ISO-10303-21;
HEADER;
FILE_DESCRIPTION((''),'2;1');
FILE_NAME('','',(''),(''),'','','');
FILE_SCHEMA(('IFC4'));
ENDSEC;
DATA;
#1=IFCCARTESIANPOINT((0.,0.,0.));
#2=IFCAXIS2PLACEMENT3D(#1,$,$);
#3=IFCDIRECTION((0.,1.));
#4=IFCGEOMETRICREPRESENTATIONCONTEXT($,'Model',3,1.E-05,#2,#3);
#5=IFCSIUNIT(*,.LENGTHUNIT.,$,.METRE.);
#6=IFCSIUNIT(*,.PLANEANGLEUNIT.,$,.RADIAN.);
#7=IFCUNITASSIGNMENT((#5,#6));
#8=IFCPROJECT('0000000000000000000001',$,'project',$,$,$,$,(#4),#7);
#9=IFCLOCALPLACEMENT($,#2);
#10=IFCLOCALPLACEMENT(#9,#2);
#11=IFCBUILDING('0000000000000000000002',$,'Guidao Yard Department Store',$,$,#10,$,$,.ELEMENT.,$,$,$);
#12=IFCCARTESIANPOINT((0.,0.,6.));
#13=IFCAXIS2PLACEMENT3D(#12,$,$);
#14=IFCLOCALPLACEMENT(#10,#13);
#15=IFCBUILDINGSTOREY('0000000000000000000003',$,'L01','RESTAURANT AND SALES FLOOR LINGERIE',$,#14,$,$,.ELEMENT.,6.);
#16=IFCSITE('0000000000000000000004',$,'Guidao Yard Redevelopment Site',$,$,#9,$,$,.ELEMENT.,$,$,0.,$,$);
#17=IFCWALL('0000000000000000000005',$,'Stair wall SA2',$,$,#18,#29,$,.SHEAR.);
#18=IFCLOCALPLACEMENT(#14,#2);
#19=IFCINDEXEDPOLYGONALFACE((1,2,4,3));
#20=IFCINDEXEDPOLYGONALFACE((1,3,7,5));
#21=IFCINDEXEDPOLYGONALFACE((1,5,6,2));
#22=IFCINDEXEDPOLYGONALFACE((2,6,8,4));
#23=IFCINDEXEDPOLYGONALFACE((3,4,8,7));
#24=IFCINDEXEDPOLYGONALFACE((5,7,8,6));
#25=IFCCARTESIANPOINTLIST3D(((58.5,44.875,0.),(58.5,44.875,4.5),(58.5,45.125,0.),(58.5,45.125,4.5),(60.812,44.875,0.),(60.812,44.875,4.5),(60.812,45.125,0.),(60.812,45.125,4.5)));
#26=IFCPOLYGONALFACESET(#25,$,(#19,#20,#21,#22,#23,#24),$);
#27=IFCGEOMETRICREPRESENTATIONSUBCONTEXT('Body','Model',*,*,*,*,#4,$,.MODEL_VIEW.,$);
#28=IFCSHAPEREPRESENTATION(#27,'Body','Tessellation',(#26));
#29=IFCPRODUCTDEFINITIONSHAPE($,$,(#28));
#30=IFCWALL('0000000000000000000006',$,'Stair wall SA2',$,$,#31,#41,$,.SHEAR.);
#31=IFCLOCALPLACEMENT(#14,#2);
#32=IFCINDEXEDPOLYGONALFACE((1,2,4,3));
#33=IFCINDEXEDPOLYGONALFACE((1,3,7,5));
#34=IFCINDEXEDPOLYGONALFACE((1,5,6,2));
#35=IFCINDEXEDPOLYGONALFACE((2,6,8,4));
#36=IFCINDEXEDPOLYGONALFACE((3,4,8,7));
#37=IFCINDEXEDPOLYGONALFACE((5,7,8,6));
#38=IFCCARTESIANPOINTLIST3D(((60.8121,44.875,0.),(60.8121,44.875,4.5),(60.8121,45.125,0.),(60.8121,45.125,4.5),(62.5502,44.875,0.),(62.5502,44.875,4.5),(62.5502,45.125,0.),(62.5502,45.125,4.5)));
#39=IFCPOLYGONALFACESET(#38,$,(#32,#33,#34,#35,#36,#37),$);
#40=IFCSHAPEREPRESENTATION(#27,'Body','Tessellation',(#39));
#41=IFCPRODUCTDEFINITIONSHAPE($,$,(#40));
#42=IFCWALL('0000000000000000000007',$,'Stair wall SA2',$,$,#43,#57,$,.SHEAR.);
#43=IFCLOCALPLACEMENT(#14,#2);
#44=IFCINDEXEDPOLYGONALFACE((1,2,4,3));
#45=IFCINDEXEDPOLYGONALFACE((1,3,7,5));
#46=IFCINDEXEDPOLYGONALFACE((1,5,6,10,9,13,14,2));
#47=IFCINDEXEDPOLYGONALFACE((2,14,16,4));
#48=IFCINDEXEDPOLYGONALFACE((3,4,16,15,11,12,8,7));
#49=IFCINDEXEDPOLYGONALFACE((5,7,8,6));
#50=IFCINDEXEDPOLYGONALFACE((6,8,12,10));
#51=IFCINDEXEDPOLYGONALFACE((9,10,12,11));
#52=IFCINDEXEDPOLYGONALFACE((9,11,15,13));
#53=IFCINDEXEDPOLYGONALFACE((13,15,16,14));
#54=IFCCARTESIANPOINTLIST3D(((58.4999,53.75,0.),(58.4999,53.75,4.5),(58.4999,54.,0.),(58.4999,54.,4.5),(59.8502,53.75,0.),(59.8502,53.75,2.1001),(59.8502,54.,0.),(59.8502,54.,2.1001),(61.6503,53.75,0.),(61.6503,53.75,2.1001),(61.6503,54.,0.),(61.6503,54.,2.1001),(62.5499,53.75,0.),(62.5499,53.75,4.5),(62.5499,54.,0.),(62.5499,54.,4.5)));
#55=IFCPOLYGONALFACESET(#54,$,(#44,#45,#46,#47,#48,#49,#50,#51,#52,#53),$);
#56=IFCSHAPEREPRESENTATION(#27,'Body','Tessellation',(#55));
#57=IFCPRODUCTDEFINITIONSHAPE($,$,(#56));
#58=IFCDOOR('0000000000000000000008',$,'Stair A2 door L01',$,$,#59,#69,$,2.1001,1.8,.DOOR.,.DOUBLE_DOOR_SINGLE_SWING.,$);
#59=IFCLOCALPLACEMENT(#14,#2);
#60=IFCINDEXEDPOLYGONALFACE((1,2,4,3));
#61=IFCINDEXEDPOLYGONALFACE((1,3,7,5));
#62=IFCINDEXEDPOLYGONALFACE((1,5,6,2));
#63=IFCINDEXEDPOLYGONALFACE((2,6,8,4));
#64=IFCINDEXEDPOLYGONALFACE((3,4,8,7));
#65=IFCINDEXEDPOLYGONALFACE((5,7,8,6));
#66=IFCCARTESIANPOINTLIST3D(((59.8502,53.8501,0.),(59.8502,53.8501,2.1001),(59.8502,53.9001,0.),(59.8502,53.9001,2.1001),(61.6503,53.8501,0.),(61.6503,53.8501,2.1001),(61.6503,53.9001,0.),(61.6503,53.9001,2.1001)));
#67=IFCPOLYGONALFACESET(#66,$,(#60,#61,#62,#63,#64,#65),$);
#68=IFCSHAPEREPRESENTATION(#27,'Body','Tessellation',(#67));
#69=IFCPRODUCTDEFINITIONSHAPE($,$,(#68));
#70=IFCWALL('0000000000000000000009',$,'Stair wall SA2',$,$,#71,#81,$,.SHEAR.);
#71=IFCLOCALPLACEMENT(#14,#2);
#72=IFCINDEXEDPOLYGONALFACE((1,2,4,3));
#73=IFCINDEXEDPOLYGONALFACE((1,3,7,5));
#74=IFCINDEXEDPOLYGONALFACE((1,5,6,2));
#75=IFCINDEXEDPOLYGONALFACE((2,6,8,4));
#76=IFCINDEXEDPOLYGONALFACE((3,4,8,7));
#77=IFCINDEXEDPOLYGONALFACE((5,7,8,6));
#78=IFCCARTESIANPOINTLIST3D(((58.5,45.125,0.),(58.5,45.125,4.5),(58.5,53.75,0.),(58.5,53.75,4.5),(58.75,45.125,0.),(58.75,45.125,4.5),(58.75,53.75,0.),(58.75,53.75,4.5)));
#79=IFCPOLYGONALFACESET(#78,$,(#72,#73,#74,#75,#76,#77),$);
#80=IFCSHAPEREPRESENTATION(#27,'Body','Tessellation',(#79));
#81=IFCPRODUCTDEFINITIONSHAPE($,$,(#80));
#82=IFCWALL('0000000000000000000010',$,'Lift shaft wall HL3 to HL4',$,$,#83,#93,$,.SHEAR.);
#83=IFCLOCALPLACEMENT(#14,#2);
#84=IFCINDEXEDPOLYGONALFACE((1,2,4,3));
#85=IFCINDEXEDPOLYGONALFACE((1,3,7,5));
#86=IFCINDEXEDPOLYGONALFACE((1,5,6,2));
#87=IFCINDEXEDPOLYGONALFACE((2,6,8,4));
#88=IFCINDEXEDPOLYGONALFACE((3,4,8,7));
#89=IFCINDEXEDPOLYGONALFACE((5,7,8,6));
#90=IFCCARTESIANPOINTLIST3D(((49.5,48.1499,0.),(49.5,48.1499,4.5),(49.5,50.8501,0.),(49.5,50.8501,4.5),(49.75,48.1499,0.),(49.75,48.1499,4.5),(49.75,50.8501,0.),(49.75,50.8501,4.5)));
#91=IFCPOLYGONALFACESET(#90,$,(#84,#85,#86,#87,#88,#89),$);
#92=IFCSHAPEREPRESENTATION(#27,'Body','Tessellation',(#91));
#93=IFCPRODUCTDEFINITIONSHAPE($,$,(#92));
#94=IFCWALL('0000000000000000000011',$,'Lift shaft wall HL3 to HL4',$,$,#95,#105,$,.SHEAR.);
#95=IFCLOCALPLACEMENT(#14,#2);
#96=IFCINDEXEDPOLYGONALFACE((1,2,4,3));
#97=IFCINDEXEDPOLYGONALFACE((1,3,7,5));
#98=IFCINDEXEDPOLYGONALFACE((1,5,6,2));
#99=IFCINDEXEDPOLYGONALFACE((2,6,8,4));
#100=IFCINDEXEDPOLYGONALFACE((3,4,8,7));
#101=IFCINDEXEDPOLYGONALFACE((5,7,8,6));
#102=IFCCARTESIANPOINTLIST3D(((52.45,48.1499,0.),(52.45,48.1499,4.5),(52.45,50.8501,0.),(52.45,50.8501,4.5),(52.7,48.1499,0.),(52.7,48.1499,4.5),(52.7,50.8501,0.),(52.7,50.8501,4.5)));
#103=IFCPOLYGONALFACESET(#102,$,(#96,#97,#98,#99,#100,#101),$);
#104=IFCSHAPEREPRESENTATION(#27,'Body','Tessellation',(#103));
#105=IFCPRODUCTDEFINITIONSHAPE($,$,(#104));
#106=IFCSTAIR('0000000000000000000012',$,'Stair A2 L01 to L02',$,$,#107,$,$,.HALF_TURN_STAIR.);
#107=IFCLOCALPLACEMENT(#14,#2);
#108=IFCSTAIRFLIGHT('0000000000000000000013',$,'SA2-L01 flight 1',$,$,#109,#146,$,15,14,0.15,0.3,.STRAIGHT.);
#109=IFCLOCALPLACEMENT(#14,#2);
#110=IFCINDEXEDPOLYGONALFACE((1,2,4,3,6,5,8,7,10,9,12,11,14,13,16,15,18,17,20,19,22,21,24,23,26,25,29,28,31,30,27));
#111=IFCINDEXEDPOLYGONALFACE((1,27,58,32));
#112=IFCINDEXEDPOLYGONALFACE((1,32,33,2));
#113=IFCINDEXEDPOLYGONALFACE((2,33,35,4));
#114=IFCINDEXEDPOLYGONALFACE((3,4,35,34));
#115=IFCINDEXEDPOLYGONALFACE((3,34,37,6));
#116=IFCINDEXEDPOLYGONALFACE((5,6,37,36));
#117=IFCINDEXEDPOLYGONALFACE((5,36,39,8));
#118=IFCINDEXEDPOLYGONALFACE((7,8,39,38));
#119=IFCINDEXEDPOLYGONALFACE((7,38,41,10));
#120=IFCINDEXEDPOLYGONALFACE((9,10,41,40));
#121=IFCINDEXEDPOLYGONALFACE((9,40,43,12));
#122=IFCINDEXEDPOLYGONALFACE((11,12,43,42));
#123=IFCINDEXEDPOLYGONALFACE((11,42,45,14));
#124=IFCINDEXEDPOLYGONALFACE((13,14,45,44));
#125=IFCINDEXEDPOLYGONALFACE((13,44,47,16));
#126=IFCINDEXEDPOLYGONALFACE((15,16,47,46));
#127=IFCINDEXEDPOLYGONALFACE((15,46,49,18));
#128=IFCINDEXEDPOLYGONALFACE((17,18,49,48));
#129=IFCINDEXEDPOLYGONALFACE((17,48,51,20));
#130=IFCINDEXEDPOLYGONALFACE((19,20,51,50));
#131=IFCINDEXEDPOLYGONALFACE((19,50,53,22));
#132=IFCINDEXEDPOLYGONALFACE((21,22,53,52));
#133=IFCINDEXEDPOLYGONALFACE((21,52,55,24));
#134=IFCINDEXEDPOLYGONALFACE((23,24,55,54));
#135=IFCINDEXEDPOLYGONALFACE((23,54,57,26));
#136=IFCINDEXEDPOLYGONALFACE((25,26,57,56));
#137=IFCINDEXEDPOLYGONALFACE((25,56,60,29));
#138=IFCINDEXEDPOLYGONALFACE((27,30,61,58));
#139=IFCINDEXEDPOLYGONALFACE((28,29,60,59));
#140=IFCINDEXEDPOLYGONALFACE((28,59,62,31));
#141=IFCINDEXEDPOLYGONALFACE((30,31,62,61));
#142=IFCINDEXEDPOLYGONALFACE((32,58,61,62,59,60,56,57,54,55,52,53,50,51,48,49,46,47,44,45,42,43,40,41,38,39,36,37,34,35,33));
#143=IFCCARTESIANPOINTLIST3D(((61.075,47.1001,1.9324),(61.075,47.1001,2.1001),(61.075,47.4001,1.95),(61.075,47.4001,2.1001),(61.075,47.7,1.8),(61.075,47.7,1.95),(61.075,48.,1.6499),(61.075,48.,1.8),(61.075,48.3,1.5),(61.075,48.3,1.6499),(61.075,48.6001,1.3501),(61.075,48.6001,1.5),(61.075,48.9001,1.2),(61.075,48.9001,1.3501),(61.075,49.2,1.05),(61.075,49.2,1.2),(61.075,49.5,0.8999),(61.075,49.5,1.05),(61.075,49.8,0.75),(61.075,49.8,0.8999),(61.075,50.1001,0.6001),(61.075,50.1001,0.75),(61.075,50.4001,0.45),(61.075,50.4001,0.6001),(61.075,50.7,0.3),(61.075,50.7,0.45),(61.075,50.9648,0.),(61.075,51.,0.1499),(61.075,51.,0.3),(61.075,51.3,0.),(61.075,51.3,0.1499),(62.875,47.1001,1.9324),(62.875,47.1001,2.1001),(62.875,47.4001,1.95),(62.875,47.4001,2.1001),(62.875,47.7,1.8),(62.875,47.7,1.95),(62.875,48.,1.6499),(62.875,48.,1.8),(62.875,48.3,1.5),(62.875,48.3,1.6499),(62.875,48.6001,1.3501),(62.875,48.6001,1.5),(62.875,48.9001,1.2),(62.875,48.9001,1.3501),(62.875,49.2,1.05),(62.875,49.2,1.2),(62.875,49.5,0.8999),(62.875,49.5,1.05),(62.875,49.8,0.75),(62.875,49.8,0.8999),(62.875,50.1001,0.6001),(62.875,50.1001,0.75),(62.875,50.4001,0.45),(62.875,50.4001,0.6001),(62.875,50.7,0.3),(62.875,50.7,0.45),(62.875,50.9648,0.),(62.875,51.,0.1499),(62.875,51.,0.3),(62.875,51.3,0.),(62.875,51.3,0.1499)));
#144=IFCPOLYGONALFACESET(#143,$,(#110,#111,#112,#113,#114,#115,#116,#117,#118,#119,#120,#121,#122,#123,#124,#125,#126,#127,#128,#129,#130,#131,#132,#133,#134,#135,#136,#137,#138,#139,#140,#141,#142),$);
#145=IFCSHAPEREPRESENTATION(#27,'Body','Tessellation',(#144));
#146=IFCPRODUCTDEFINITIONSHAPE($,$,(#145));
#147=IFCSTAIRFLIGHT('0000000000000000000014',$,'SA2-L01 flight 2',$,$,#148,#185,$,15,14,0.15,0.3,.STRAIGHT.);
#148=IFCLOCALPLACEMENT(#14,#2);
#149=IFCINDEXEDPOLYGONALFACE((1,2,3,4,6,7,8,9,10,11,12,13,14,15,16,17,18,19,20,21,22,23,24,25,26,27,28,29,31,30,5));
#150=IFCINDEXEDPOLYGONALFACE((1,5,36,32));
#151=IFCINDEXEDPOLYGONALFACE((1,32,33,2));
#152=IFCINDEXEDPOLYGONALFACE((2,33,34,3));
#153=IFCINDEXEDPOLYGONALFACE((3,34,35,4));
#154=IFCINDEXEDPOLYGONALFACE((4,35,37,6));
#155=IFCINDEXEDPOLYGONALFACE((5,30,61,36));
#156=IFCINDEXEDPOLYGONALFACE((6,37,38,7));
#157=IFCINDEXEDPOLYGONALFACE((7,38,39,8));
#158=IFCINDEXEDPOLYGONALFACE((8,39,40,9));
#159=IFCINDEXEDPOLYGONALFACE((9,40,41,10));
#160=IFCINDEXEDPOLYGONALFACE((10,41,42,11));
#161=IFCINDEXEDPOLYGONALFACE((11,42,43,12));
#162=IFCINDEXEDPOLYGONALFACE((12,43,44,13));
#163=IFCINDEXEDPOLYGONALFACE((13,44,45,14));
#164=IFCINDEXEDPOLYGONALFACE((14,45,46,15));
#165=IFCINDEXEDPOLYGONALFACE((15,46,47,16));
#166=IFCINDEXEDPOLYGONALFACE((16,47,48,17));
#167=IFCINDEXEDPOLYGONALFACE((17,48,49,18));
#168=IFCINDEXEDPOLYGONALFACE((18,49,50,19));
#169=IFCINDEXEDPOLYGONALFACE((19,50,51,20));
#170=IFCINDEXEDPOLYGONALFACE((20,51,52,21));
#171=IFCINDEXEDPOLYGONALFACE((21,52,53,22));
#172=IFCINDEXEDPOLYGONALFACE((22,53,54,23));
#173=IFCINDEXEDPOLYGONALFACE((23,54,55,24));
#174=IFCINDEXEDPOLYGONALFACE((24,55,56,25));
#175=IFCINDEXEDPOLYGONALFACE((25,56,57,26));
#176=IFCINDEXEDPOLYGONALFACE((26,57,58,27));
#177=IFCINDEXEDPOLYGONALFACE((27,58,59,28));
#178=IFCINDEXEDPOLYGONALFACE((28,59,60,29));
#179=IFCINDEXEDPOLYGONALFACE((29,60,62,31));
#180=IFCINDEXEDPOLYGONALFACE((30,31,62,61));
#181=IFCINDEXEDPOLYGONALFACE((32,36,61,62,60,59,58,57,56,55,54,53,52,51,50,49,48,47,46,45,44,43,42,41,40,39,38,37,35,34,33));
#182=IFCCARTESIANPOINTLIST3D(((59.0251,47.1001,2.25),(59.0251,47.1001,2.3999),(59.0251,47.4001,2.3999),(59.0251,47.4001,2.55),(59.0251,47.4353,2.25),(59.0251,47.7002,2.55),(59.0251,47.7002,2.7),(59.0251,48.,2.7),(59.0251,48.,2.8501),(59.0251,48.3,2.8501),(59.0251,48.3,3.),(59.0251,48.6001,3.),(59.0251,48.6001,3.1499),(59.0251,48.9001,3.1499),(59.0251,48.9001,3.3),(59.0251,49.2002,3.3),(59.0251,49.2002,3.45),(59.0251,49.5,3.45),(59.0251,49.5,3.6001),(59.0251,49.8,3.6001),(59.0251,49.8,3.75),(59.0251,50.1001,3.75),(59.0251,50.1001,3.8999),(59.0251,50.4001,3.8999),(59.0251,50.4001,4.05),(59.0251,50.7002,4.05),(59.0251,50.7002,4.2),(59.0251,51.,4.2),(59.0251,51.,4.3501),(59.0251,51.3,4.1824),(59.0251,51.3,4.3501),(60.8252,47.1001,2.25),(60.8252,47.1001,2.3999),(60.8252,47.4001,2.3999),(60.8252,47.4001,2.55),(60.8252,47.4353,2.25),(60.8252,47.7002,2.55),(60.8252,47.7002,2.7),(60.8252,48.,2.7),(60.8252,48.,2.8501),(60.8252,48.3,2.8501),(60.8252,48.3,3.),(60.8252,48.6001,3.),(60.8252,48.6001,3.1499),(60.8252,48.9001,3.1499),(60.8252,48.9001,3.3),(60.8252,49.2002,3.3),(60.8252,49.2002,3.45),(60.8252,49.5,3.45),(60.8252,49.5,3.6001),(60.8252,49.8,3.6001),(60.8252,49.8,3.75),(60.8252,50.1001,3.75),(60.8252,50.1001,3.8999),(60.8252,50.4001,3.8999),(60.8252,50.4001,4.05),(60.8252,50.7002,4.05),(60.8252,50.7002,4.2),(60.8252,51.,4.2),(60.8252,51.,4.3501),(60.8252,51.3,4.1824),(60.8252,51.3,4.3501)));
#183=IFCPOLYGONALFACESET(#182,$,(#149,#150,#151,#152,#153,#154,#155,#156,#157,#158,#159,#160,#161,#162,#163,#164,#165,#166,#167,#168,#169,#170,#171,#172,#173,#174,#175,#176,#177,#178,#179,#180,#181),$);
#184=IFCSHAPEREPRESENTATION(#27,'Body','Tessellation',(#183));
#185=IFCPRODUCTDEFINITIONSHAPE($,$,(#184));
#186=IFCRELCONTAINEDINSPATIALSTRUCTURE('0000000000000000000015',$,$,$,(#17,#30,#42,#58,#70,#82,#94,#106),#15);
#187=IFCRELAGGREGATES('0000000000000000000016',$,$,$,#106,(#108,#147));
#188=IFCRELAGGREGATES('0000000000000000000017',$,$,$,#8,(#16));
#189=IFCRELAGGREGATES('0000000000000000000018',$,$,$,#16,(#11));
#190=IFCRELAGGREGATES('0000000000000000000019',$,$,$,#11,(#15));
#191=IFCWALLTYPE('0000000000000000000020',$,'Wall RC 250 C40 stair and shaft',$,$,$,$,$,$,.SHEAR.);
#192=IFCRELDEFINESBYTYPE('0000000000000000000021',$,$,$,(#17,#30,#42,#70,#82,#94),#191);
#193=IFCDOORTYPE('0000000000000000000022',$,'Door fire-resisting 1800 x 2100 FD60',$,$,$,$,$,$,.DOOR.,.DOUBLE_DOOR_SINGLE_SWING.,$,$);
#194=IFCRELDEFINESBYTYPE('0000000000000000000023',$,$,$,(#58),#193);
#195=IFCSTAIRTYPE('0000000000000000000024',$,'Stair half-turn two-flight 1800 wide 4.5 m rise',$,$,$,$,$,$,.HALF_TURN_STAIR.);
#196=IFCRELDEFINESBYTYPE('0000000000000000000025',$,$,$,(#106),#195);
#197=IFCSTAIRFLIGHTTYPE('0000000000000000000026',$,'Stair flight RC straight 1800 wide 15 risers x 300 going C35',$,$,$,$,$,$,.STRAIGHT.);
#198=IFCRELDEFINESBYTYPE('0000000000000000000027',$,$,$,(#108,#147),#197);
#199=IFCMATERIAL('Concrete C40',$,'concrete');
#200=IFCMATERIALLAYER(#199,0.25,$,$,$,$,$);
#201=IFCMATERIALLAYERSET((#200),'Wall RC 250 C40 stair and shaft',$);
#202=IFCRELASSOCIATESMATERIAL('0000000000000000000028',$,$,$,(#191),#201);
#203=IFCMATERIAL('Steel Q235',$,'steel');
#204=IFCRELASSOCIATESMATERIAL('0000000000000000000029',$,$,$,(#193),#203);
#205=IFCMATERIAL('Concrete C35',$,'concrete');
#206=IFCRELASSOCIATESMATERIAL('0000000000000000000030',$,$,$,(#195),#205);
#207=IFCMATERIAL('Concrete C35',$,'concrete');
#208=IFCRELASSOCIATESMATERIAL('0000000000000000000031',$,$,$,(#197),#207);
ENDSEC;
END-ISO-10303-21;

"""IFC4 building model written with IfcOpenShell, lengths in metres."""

from ifc_helpers import new_model, si_unit, direction, frame, frame_2d, origin, place, context, subcontext, project, spatial, polyline, rectangle, outline, extrude, material, layer, layer_set, type_object, element, fill, aggregate, save


model = new_model("IFC4")

# Units and contexts
model_context = context("Model", 3, precision=1e-05, world=origin(), true_north=direction((0.0, 1.0)))
body_context = subcontext(model_context, "Body", "Model", "MODEL_VIEW")
ifc_project = project(units=[si_unit("LENGTHUNIT", "METRE"), si_unit("PLANEANGLEUNIT", "RADIAN")], contexts=[model_context])

# Site, building, storey
site_placement = place(None, origin())
site = spatial("IfcSite", under=ifc_project, at=site_placement, Name="Guidao Yard Redevelopment Site", CompositionType="ELEMENT", RefElevation=0.0)
building_placement = place(site_placement, origin())
building = spatial("IfcBuilding", under=site, at=building_placement, Name="Guidao Yard Department Store", CompositionType="ELEMENT")
storey_placement = place(building_placement, frame((0.0, 0.0, 6.0)))
storey = spatial("IfcBuildingStorey", under=building, at=storey_placement, Name="L01", Description="RESTAURANT AND SALES FLOOR LINGERIE", CompositionType="ELEMENT", Elevation=6.0)

# Walls
ifc_material_1 = material(Name="Concrete C40", Category="concrete")
ifc_layer_1 = layer(ifc_material_1, 0.25)
ifc_layer_set_1 = layer_set([ifc_layer_1], Name="Wall RC 250 C40 stair and shaft")
wall_type_1 = type_object("IfcWallType", Name="Wall RC 250 C40 stair and shaft", PredefinedType="SHEAR", material=ifc_layer_set_1)
wall_1_placement = place(storey_placement, frame((58.5, 45.0, 0.0), z_axis=(0.0, 0.0, 1.0), x_axis=(1.0, 0.0, 0.0)))
element("IfcWall", 1, at=wall_1_placement, inside=storey, type_object=wall_type_1, Name="Stair wall SA2", PredefinedType="SHEAR", context=body_context, shape_type="SweptSolid", body=[
    extrude(rectangle(XDim=2.312, YDim=0.25, at=frame_2d((1.156, 0.0))), origin(), (0.0, 0.0, 1.0), 4.5),
])
wall_2_placement = place(storey_placement, frame((60.812, 45.0, 0.0), z_axis=(0.0, 0.0, 1.0), x_axis=(1.0, 0.0, 0.0)))
element("IfcWall", 2, at=wall_2_placement, inside=storey, type_object=wall_type_1, Name="Stair wall SA2", PredefinedType="SHEAR", context=body_context, shape_type="SweptSolid", body=[
    extrude(rectangle(XDim=1.738, YDim=0.25, at=frame_2d((0.8691, 0.0))), origin(), (0.0, 0.0, 1.0), 4.5),
])

# Wall, opening, door
wall_3_placement = place(storey_placement, frame((58.5, 53.875, 0.0), z_axis=(0.0, 0.0, 1.0), x_axis=(1.0, 0.0, 0.0)))
wall_3 = element("IfcWall", 3, at=wall_3_placement, inside=storey, type_object=wall_type_1, Name="Stair wall SA2", PredefinedType="SHEAR", context=body_context, shape_type="SweptSolid", body=[
    extrude(rectangle(XDim=4.05, YDim=0.25, at=frame_2d((2.0249, 0.0))), origin(), (0.0, 0.0, 1.0), 4.5),
])
opening_1_placement = place(wall_3_placement, frame((3.1501, 0.0, 0.0), z_axis=(0.0, 0.0, 1.0), x_axis=(-1.0, 0.0, 0.0)))
opening_1 = element("IfcOpeningElement", 4, at=opening_1_placement, cuts=wall_3, PredefinedType="OPENING", context=body_context, shape_type="SweptSolid", body=[
    extrude(rectangle(XDim=1.8, YDim=2.1001, at=frame_2d((0.8999, 1.05))), frame((0.0, 0.135, 0.0), z_axis=(0.0, -1.0, 0.0), x_axis=(1.0, 0.0, 0.0)), (0.0, 0.0, 1.0), 0.27),
])
ifc_material_2 = material(Name="Steel Q235", Category="steel")
door_type_1 = type_object("IfcDoorType", Name="Door fire-resisting 1800 x 2100 FD60", OperationType="DOUBLE_DOOR_SINGLE_SWING", PredefinedType="DOOR", material=ifc_material_2)
door_1_placement = place(opening_1_placement, origin())
door_1 = element("IfcDoor", 5, at=door_1_placement, inside=storey, type_object=door_type_1, Name="Stair A2 door L01", OperationType="DOUBLE_DOOR_SINGLE_SWING", OverallHeight=2.1001, OverallWidth=1.8, PredefinedType="DOOR", context=body_context, shape_type="SweptSolid", body=[
    extrude(rectangle(XDim=1.8, YDim=2.1001, at=frame_2d((0.8999, 1.05))), frame((0.0, 0.0249, 0.0), z_axis=(0.0, -1.0, 0.0), x_axis=(1.0, 0.0, 0.0)), (0.0, 0.0, 1.0), 0.05),
])
fill(opening_1, door_1)

# Walls
wall_4_placement = place(storey_placement, frame((58.625, 45.125, 0.0), z_axis=(0.0, 0.0, 1.0), x_axis=(0.0, 1.0, 0.0)))
element("IfcWall", 6, at=wall_4_placement, inside=storey, type_object=wall_type_1, Name="Stair wall SA2", PredefinedType="SHEAR", context=body_context, shape_type="SweptSolid", body=[
    extrude(rectangle(XDim=8.625, YDim=0.25, at=frame_2d((4.3125, 0.0))), origin(), (0.0, 0.0, 1.0), 4.5),
])
for number, where, z_axis, x_axis, name in (
    (7, (49.625, 48.1499, 0.0), (0.0, 0.0, 1.0), (0.0, 1.0, 0.0), "Lift shaft wall HL3 to HL4"),
    (8, (52.575, 48.1499, 0.0), (0.0, 0.0, 1.0), (0.0, 1.0, 0.0), "Lift shaft wall HL3 to HL4"),
):
    element("IfcWall", number, at=place(storey_placement, frame(where, z_axis=z_axis, x_axis=x_axis)), inside=storey, type_object=wall_type_1, Name=name, PredefinedType="SHEAR", context=body_context, shape_type="SweptSolid", body=[
        extrude(rectangle(XDim=2.7002, YDim=0.25, at=frame_2d((1.3501, 0.0))), origin(), (0.0, 0.0, 1.0), 4.5),
    ])

# Stair, stair flights
ifc_material_3 = material(Name="Concrete C35", Category="concrete")
stair_type = type_object("IfcStairType", Name="Stair half-turn two-flight 1800 wide 4.5 m rise", PredefinedType="HALF_TURN_STAIR", material=ifc_material_3)
stair_placement = place(storey_placement, origin())
stair = element("IfcStair", 9, at=stair_placement, inside=storey, type_object=stair_type, Name="Stair A2 L01 to L02", PredefinedType="HALF_TURN_STAIR")
ifc_material_4 = material(Name="Concrete C35", Category="concrete")
stair_flight_type = type_object("IfcStairFlightType", Name="Stair flight RC straight 1800 wide 15 risers x 300 going C35", PredefinedType="STRAIGHT", material=ifc_material_4)
stair_flight_1_placement = place(storey_placement, frame((61.9751, 51.3, 0.0), z_axis=(0.0, 0.0, 1.0), x_axis=(0.0, -1.0, 0.0)))
stair_flight_1 = element("IfcStairFlight", 10, at=stair_flight_1_placement, type_object=stair_flight_type, Name="SA2-L01 flight 1", NumberOfRisers=15, NumberOfTreads=14, PredefinedType="STRAIGHT", RiserHeight=0.15, TreadLength=0.3, context=body_context, shape_type="SweptSolid", body=[
    extrude(outline(polyline([(0.0, 0.0), (0.0, 0.1499), (0.3, 0.1499), (0.3, 0.3), (0.6001, 0.3), (0.6001, 0.45), (0.8999, 0.45), (0.8999, 0.6001), (1.2, 0.6001), (1.2, 0.75), (1.5, 0.75), (1.5, 0.8999), (1.8, 0.8999), (1.8, 1.05), (2.1001, 1.05), (2.1001, 1.2), (2.3999, 1.2), (2.3999, 1.3501), (2.7, 1.3501), (2.7, 1.5), (3.0, 1.5), (3.0, 1.6499), (3.3, 1.6499), (3.3, 1.8), (3.6001, 1.8), (3.6001, 1.95), (3.8999, 1.95), (3.8999, 2.1001), (4.2, 2.1001), (4.2, 2.25), (4.2, 1.9324), (0.3352, 0.0), (0.0, 0.0)])), frame((0.0, 0.8999, 0.0), z_axis=(0.0, -1.0, 0.0), x_axis=(1.0, 0.0, 0.0)), (0.0, 0.0, 1.0), 1.8),
])
stair_flight_2_placement = place(storey_placement, frame((59.925, 47.1001, 2.25), z_axis=(0.0, 0.0, 1.0), x_axis=(0.0, 1.0, 0.0)))
stair_flight_2 = element("IfcStairFlight", 11, at=stair_flight_2_placement, type_object=stair_flight_type, Name="SA2-L01 flight 2", NumberOfRisers=15, NumberOfTreads=14, PredefinedType="STRAIGHT", RiserHeight=0.15, TreadLength=0.3, context=body_context, shape_type="SweptSolid", body=[
    extrude(outline(polyline([(0.0, 0.0), (0.0, 0.1499), (0.3, 0.1499), (0.3, 0.3), (0.6001, 0.3), (0.6001, 0.45), (0.8999, 0.45), (0.8999, 0.6001), (1.2, 0.6001), (1.2, 0.75), (1.5, 0.75), (1.5, 0.8999), (1.8, 0.8999), (1.8, 1.05), (2.1001, 1.05), (2.1001, 1.2), (2.3999, 1.2), (2.3999, 1.3501), (2.7, 1.3501), (2.7, 1.5), (3.0, 1.5), (3.0, 1.6499), (3.3, 1.6499), (3.3, 1.8), (3.6001, 1.8), (3.6001, 1.95), (3.8999, 1.95), (3.8999, 2.1001), (4.2, 2.1001), (4.2, 2.25), (4.2, 1.9324), (0.3352, 0.0), (0.0, 0.0)])), frame((0.0, 0.8999, 0.0), z_axis=(0.0, -1.0, 0.0), x_axis=(1.0, 0.0, 0.0)), (0.0, 0.0, 1.0), 1.8),
])
aggregate(stair, [stair_flight_1, stair_flight_2])

save(model, "model.ifc")
